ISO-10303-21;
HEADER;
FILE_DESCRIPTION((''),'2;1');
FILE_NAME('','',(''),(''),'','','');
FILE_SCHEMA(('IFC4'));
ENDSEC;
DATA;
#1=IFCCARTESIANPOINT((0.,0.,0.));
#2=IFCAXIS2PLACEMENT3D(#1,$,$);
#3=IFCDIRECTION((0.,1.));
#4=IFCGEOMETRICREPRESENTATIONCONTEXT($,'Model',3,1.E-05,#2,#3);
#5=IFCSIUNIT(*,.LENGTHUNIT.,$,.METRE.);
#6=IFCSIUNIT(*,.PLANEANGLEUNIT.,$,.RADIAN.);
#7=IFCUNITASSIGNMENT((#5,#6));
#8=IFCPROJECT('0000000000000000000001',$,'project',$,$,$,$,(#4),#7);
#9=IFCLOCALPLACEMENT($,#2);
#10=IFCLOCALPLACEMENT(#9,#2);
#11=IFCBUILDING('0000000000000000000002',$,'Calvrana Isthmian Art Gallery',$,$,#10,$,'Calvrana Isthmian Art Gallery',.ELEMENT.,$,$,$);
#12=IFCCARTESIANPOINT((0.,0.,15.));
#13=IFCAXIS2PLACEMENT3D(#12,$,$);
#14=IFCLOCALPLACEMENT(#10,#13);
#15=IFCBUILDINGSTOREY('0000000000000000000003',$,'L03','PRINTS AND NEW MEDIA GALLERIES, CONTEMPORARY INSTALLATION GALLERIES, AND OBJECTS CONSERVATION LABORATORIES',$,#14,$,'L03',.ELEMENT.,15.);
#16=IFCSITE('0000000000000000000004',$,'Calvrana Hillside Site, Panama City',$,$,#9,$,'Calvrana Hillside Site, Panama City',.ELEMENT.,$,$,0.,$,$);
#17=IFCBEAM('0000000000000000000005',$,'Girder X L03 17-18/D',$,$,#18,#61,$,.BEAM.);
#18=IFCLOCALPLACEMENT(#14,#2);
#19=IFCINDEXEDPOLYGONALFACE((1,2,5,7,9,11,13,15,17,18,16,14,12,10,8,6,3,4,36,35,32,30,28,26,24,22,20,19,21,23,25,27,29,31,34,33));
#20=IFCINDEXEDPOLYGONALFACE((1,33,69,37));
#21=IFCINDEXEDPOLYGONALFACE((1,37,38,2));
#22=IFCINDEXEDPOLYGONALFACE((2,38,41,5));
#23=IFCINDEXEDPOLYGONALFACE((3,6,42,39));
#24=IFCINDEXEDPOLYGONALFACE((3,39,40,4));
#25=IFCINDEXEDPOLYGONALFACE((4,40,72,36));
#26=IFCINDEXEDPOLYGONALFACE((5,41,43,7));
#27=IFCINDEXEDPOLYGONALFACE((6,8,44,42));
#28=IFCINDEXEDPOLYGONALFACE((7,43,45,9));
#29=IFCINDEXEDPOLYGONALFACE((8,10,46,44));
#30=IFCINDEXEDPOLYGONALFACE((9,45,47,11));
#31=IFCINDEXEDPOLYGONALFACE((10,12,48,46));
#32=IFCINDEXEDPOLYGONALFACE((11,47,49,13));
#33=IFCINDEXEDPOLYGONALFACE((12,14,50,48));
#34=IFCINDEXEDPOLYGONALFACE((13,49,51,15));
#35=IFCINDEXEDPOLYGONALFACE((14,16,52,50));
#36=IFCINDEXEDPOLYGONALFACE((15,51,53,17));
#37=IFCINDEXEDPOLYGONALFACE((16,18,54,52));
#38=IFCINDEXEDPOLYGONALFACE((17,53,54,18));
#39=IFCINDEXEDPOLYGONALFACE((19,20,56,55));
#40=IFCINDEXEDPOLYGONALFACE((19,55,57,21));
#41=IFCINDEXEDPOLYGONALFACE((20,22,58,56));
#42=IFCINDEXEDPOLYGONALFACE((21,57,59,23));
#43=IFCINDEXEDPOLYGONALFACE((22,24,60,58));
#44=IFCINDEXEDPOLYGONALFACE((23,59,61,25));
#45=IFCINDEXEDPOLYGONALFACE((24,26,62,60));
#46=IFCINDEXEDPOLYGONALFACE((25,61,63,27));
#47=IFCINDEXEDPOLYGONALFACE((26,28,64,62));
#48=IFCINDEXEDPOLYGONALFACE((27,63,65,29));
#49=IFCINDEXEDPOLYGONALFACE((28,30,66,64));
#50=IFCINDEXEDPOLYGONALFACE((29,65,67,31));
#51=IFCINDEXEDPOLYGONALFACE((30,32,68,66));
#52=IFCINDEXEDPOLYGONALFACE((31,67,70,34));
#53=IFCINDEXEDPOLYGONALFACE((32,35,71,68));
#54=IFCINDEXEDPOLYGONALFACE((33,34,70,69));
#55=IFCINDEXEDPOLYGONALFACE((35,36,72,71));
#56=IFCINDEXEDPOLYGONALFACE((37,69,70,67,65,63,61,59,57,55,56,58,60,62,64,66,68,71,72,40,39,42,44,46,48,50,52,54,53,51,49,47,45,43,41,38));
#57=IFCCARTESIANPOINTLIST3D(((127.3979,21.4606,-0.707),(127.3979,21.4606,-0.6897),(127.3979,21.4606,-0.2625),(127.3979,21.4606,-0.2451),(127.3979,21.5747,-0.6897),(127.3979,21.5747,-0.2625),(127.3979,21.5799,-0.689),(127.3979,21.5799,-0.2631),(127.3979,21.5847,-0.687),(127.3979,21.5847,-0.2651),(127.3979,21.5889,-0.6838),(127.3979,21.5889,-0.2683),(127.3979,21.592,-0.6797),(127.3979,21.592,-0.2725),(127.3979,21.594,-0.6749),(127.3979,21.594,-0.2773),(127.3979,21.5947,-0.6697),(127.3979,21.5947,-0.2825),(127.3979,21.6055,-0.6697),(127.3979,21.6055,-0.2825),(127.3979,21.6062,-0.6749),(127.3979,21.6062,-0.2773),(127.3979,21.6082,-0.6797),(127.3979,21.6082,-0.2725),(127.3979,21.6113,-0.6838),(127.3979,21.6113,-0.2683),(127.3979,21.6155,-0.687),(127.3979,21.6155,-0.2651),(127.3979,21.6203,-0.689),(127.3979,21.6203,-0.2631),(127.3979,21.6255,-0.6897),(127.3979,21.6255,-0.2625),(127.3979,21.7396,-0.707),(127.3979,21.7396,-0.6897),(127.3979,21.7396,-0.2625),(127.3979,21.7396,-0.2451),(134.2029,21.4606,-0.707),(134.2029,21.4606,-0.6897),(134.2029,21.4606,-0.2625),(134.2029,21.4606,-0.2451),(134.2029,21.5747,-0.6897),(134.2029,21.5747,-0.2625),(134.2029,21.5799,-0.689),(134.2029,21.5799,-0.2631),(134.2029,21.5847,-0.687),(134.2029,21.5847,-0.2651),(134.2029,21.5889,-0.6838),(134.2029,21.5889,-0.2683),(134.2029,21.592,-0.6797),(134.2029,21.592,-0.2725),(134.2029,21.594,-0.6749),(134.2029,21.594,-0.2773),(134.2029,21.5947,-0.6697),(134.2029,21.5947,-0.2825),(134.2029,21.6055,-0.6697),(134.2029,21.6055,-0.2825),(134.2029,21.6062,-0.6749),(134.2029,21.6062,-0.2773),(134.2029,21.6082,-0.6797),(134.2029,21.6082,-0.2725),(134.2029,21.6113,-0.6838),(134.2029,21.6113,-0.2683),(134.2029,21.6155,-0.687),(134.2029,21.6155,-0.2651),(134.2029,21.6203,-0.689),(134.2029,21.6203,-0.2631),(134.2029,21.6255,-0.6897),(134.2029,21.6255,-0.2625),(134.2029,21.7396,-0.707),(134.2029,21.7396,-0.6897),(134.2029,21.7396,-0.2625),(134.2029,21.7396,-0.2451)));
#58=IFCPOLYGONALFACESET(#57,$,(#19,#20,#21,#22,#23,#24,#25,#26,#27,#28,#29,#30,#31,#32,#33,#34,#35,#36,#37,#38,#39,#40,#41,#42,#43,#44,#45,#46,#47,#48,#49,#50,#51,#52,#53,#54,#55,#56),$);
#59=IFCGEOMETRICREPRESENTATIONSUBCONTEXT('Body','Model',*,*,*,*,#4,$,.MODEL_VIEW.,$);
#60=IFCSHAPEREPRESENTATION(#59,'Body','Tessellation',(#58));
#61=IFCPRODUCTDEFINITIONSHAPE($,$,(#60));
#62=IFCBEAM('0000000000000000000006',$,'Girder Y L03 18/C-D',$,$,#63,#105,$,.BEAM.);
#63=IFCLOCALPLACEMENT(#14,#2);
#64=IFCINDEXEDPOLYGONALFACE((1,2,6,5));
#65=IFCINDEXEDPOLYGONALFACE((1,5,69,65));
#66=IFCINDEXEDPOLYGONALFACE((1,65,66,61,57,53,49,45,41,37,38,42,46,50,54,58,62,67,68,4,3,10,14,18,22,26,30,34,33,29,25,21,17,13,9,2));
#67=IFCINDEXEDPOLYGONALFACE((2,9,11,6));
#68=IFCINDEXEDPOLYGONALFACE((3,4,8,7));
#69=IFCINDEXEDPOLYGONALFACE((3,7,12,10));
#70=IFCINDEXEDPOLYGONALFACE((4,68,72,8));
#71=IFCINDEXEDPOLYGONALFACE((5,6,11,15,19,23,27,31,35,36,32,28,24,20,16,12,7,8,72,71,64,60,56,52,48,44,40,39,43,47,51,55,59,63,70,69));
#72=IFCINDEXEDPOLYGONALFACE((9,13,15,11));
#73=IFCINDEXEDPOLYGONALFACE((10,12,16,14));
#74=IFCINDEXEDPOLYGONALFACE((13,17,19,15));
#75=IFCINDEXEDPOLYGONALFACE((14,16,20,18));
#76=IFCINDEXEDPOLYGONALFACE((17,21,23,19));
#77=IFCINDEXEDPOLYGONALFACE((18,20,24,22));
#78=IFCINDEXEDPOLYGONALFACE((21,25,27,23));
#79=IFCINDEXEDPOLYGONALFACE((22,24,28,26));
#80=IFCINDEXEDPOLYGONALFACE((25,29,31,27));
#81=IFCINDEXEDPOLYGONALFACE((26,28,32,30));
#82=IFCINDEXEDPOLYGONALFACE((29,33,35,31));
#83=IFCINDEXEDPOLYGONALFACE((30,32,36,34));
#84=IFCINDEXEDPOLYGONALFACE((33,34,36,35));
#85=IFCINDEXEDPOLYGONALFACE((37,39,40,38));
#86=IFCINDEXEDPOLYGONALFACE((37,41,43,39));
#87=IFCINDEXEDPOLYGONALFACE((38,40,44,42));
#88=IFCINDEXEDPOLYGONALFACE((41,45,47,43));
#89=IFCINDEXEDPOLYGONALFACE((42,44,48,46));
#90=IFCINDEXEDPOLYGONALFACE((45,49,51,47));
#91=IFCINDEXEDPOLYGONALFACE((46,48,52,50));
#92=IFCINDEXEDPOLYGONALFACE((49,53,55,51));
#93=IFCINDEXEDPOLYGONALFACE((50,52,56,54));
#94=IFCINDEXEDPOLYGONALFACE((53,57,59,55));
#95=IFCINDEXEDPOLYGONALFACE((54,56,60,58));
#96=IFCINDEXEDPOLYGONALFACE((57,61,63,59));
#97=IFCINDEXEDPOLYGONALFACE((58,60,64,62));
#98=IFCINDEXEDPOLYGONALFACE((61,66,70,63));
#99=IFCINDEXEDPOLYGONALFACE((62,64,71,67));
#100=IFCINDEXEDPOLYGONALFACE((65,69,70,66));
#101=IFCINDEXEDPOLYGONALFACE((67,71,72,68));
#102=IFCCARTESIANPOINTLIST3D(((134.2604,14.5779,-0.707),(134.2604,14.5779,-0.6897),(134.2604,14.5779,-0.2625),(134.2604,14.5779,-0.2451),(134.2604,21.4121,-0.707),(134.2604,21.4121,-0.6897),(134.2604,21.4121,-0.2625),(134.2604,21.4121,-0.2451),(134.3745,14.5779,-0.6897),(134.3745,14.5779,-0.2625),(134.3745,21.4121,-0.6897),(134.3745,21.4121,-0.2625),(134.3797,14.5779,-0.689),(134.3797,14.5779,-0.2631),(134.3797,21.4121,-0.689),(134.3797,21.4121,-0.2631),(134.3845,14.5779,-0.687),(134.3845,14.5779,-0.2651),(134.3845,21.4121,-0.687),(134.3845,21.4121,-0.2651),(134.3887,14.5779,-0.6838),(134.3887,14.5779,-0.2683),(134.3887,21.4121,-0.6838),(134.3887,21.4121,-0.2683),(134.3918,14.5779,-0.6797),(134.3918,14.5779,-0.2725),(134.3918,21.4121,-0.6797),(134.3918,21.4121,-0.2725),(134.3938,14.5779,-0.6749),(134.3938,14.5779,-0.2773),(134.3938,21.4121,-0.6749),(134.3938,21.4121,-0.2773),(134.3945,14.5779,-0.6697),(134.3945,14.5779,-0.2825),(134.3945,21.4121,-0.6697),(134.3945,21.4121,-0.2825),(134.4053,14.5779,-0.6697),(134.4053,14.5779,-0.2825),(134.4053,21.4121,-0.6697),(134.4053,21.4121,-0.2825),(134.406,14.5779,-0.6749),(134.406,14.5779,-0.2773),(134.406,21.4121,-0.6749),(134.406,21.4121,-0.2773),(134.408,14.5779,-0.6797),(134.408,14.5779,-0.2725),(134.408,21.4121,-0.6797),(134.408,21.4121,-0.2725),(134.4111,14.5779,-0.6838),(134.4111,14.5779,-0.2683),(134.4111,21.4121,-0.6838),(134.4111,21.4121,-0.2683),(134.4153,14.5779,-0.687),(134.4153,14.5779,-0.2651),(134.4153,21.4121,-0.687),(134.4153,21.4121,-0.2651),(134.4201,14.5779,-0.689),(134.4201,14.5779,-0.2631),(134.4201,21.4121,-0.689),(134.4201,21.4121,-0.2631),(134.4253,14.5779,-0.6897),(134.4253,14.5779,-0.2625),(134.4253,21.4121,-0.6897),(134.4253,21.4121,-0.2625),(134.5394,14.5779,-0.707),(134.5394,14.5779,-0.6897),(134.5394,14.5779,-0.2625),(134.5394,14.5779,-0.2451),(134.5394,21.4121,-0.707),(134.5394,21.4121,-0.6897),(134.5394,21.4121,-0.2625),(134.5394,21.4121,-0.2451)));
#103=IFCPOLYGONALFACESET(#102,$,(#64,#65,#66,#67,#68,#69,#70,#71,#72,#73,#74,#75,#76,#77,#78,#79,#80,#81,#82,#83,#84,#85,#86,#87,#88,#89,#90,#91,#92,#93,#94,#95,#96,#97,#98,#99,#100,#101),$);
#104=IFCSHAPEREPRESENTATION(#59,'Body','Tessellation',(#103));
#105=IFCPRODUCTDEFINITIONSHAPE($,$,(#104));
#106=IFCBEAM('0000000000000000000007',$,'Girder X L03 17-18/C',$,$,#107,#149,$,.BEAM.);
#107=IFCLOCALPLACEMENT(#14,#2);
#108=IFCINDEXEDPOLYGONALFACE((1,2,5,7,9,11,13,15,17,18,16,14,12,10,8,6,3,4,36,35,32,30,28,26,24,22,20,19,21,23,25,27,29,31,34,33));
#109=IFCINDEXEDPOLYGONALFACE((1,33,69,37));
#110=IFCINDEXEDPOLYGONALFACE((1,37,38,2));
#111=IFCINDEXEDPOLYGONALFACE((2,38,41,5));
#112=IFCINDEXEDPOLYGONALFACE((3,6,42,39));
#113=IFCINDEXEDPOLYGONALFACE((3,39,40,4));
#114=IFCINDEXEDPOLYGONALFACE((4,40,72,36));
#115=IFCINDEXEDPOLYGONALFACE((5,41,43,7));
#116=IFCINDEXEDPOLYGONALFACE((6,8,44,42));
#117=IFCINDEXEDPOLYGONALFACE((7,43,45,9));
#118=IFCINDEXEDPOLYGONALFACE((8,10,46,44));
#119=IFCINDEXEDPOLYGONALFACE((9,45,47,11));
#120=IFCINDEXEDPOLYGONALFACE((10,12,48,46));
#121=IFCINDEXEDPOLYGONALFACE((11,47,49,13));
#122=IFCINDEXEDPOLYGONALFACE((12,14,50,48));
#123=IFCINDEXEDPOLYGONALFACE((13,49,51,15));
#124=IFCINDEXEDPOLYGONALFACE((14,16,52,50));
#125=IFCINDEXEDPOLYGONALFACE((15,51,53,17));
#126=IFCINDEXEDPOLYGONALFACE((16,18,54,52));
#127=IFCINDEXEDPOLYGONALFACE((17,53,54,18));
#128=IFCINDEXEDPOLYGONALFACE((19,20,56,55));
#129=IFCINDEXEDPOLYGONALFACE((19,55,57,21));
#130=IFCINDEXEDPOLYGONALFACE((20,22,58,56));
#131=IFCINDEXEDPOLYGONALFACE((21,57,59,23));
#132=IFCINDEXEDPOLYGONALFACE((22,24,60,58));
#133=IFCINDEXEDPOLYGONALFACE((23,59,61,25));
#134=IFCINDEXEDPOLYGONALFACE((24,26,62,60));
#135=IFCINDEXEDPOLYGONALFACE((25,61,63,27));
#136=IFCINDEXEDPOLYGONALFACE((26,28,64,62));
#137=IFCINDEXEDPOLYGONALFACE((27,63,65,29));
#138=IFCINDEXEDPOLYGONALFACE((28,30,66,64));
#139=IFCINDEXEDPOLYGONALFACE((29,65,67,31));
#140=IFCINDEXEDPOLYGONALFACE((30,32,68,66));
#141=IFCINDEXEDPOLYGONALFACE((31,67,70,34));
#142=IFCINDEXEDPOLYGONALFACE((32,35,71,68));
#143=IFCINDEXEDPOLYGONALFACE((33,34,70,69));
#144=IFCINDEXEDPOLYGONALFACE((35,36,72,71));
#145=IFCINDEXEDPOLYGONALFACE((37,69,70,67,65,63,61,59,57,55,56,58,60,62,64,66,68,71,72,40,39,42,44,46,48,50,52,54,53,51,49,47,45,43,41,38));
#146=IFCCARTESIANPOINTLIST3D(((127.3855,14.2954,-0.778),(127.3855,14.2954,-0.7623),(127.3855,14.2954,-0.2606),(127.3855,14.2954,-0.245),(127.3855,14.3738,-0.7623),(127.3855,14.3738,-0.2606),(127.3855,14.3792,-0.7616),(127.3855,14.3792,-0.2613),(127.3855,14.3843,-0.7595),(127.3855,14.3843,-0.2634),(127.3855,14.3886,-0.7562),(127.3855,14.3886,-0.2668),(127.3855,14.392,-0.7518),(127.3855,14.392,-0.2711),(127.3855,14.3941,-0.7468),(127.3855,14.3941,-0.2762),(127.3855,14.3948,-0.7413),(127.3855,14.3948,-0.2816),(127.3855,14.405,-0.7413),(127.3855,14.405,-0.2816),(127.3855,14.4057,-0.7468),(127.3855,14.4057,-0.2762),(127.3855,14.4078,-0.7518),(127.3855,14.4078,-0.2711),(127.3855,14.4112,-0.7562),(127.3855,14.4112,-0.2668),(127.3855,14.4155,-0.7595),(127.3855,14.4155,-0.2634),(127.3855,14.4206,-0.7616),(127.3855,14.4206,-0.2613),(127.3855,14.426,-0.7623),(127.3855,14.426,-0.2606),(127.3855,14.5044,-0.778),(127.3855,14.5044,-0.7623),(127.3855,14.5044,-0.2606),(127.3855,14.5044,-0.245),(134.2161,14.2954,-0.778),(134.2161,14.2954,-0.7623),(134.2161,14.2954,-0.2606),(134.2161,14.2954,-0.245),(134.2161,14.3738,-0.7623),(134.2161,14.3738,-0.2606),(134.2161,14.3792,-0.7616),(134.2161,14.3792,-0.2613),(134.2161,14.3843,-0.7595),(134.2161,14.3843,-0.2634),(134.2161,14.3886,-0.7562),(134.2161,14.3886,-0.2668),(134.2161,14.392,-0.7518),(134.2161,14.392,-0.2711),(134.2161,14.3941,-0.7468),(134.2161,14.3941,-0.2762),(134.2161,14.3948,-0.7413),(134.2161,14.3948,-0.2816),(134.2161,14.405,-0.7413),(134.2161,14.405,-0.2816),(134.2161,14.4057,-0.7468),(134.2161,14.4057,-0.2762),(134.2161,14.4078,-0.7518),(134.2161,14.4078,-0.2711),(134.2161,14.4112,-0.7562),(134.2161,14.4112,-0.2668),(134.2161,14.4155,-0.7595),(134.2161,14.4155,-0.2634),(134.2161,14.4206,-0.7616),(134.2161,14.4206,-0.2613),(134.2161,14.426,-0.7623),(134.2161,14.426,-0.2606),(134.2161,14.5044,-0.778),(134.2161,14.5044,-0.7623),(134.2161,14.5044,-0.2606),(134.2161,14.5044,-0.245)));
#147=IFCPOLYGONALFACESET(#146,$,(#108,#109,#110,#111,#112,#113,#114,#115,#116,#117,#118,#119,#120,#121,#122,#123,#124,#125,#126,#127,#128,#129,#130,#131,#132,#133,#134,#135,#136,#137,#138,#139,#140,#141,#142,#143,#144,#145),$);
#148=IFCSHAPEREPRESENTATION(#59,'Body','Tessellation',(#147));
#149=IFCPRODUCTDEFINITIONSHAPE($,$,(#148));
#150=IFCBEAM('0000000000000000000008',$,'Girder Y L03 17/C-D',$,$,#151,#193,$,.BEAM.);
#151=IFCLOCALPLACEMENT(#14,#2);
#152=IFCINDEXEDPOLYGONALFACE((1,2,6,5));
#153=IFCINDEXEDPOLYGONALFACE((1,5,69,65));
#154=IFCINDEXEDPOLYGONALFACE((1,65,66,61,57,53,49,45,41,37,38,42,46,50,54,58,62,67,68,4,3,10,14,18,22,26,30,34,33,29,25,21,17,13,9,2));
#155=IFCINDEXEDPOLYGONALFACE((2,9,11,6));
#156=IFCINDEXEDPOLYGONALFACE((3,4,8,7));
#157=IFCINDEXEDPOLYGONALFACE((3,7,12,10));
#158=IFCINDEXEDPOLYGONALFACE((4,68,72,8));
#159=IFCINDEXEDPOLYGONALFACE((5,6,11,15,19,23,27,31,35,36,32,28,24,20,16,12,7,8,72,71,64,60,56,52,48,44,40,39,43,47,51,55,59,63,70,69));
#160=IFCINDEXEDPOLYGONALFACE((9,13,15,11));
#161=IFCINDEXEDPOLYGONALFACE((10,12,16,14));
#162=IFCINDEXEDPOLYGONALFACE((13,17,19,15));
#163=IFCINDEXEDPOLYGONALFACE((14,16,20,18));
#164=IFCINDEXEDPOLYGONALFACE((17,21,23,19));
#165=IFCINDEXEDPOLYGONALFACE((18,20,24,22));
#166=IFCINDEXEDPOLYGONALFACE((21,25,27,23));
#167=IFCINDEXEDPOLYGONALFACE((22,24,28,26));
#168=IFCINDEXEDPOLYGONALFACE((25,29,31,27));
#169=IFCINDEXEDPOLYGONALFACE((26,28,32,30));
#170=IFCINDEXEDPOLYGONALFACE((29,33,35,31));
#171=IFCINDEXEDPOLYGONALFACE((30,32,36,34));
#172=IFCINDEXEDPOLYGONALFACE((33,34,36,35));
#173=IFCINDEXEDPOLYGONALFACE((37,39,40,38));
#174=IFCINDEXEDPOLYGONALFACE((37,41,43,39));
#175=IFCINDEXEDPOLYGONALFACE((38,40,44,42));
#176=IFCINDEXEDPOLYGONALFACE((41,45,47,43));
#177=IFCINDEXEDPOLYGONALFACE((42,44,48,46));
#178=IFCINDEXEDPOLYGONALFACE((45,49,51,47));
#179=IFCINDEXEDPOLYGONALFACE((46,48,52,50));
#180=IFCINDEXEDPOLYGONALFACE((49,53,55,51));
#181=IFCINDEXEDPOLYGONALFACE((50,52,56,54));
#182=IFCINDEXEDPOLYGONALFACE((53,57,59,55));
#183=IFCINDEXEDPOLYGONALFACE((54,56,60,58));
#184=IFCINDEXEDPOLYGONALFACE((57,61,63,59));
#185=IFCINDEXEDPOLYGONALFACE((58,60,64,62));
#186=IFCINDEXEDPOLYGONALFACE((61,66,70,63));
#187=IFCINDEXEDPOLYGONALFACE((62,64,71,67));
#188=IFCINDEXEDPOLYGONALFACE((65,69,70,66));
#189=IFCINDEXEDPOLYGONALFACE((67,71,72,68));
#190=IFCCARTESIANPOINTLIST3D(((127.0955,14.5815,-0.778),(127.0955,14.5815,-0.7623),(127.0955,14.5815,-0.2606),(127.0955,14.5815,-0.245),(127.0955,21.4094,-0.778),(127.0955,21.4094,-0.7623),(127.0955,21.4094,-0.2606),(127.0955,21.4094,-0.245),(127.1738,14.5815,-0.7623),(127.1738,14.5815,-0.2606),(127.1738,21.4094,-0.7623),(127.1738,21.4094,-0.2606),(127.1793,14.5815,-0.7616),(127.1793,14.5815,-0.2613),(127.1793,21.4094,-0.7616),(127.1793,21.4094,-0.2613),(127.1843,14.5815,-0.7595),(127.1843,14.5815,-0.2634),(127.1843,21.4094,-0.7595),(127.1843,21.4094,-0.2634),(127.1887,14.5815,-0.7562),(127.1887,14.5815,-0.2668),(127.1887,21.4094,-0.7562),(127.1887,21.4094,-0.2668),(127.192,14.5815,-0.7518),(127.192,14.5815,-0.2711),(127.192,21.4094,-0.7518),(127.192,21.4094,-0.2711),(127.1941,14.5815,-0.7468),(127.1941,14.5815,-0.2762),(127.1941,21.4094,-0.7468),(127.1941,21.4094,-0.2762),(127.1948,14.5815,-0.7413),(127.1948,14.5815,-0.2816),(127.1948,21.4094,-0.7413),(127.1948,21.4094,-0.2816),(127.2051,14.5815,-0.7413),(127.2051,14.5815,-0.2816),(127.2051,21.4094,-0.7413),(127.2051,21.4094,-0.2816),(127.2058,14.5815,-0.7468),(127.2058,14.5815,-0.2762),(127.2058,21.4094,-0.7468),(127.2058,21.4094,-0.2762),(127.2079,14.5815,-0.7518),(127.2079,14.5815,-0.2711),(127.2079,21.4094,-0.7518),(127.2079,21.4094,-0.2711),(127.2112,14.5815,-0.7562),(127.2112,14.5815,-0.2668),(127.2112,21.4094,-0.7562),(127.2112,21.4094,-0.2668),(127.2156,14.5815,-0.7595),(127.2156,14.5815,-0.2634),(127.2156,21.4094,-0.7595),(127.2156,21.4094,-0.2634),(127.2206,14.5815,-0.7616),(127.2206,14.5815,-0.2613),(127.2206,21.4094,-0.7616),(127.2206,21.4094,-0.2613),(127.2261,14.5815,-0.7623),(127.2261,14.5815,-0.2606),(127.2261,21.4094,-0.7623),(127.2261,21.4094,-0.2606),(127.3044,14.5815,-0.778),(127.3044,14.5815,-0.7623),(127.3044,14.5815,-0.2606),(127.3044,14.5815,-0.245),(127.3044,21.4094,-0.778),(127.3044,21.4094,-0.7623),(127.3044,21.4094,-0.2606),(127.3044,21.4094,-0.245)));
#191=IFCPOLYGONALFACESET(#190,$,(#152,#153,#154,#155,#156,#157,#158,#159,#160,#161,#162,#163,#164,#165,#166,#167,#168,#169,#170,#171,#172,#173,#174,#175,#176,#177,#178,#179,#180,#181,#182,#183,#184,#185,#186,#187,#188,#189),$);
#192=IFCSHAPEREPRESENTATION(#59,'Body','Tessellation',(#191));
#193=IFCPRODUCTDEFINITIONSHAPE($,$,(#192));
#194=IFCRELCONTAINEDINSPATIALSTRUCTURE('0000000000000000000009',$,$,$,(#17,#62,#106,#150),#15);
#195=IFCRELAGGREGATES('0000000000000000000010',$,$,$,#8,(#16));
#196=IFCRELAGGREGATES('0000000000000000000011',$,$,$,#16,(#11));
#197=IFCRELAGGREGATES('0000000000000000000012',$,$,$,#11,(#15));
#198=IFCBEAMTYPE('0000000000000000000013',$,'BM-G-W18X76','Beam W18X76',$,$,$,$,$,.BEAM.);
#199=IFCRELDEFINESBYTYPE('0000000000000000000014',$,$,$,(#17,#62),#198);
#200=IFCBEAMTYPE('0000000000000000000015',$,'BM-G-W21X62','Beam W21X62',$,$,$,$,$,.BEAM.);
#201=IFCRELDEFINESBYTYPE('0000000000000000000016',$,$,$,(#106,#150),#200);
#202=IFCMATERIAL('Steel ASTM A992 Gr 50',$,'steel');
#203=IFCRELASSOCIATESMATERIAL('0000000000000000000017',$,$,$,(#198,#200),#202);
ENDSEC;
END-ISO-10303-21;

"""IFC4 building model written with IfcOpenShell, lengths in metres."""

from ifc_helpers import new_model, si_unit, direction, frame, origin, origin_2d, place, context, subcontext, project, spatial, i_section, extrude, material, material_profile, profile_set, type_object, element, save


model = new_model("IFC4")

# Units and contexts
model_context = context("Model", 3, precision=1e-05, world=origin(), true_north=direction((0.0, 1.0)))
body_context = subcontext(model_context, "Body", "Model", "MODEL_VIEW")
ifc_project = project(units=[si_unit("LENGTHUNIT", "METRE"), si_unit("PLANEANGLEUNIT", "RADIAN")], contexts=[model_context])

# Site, building, storey
site_placement = place(None, origin())
site = spatial("IfcSite", under=ifc_project, at=site_placement, Name="Calvrana Hillside Site, Panama City", LongName="Calvrana Hillside Site, Panama City", CompositionType="ELEMENT", RefElevation=0.0)
building_placement = place(site_placement, origin())
building = spatial("IfcBuilding", under=site, at=building_placement, Name="Calvrana Isthmian Art Gallery", LongName="Calvrana Isthmian Art Gallery", CompositionType="ELEMENT")
storey_placement = place(building_placement, frame((0.0, 0.0, 15.0)))
storey = spatial("IfcBuildingStorey", under=building, at=storey_placement, Name="L03", Description="PRINTS AND NEW MEDIA GALLERIES, CONTEMPORARY INSTALLATION GALLERIES, AND OBJECTS CONSERVATION LABORATORIES", LongName="L03", CompositionType="ELEMENT", Elevation=15.0)

# Shared definitions
ifc_material_1 = material(Name="Steel ASTM A992 Gr 50", Category="steel")

# Beams
ifc_material_profile_1 = material_profile(ifc_material_1, i_section(OverallWidth=0.2791, OverallDepth=0.4619, WebThickness=0.0107, FlangeThickness=0.0173, FilletRadius=0.02, at=origin_2d()), Name="W18X76")
ifc_profile_set_1 = profile_set([ifc_material_profile_1], Name="Steel ASTM A992 Gr 50")
beam_type_1 = type_object("IfcBeamType", Name="BM-G-W18X76", Description="Beam W18X76", PredefinedType="BEAM", material=ifc_profile_set_1)
beam_1_placement = place(storey_placement, frame((127.3979, 21.6001, -0.4761), z_axis=(1.0, 0.0, 0.0), x_axis=(0.0, 1.0, 0.0)))
element("IfcBeam", 1, at=beam_1_placement, inside=storey, type_object=beam_type_1, Name="Girder X L03 17-18/D", PredefinedType="BEAM", context=body_context, shape_type="SweptSolid", body=[
    extrude(i_section(OverallWidth=0.2791, OverallDepth=0.4619, WebThickness=0.0107, FlangeThickness=0.0173, FilletRadius=0.02, at=origin_2d()), origin(), (0.0, 0.0, 1.0), 6.8049),
])
beam_2_placement = place(storey_placement, frame((134.3999, 14.5779, -0.4761), z_axis=(0.0, 1.0, 0.0), x_axis=(-1.0, 0.0, 0.0)))
element("IfcBeam", 2, at=beam_2_placement, inside=storey, type_object=beam_type_1, Name="Girder Y L03 18/C-D", PredefinedType="BEAM", context=body_context, shape_type="SweptSolid", body=[
    extrude(i_section(OverallWidth=0.2791, OverallDepth=0.4619, WebThickness=0.0107, FlangeThickness=0.0173, FilletRadius=0.02, at=origin_2d()), origin(), (0.0, 0.0, 1.0), 6.8342),
])
ifc_material_profile_2 = material_profile(ifc_material_1, i_section(OverallWidth=0.209, OverallDepth=0.533, WebThickness=0.0103, FlangeThickness=0.0156, FilletRadius=0.021, at=origin_2d()), Name="W21X62")
ifc_profile_set_2 = profile_set([ifc_material_profile_2], Name="Steel ASTM A992 Gr 50")
beam_type_2 = type_object("IfcBeamType", Name="BM-G-W21X62", Description="Beam W21X62", PredefinedType="BEAM", material=ifc_profile_set_2)
beam_3_placement = place(storey_placement, frame((127.3855, 14.3999, -0.5115), z_axis=(1.0, 0.0, 0.0), x_axis=(0.0, 1.0, 0.0)))
element("IfcBeam", 3, at=beam_3_placement, inside=storey, type_object=beam_type_2, Name="Girder X L03 17-18/C", PredefinedType="BEAM", context=body_context, shape_type="SweptSolid", body=[
    extrude(i_section(OverallWidth=0.209, OverallDepth=0.533, WebThickness=0.0103, FlangeThickness=0.0156, FilletRadius=0.021, at=origin_2d()), origin(), (0.0, 0.0, 1.0), 6.8306),
])
beam_4_placement = place(storey_placement, frame((127.2, 14.5815, -0.5115), z_axis=(0.0, 1.0, 0.0), x_axis=(-1.0, 0.0, 0.0)))
element("IfcBeam", 4, at=beam_4_placement, inside=storey, type_object=beam_type_2, Name="Girder Y L03 17/C-D", PredefinedType="BEAM", context=body_context, shape_type="SweptSolid", body=[
    extrude(i_section(OverallWidth=0.209, OverallDepth=0.533, WebThickness=0.0103, FlangeThickness=0.0156, FilletRadius=0.021, at=origin_2d()), origin(), (0.0, 0.0, 1.0), 6.8279),
])

save(model, "model.ifc")
